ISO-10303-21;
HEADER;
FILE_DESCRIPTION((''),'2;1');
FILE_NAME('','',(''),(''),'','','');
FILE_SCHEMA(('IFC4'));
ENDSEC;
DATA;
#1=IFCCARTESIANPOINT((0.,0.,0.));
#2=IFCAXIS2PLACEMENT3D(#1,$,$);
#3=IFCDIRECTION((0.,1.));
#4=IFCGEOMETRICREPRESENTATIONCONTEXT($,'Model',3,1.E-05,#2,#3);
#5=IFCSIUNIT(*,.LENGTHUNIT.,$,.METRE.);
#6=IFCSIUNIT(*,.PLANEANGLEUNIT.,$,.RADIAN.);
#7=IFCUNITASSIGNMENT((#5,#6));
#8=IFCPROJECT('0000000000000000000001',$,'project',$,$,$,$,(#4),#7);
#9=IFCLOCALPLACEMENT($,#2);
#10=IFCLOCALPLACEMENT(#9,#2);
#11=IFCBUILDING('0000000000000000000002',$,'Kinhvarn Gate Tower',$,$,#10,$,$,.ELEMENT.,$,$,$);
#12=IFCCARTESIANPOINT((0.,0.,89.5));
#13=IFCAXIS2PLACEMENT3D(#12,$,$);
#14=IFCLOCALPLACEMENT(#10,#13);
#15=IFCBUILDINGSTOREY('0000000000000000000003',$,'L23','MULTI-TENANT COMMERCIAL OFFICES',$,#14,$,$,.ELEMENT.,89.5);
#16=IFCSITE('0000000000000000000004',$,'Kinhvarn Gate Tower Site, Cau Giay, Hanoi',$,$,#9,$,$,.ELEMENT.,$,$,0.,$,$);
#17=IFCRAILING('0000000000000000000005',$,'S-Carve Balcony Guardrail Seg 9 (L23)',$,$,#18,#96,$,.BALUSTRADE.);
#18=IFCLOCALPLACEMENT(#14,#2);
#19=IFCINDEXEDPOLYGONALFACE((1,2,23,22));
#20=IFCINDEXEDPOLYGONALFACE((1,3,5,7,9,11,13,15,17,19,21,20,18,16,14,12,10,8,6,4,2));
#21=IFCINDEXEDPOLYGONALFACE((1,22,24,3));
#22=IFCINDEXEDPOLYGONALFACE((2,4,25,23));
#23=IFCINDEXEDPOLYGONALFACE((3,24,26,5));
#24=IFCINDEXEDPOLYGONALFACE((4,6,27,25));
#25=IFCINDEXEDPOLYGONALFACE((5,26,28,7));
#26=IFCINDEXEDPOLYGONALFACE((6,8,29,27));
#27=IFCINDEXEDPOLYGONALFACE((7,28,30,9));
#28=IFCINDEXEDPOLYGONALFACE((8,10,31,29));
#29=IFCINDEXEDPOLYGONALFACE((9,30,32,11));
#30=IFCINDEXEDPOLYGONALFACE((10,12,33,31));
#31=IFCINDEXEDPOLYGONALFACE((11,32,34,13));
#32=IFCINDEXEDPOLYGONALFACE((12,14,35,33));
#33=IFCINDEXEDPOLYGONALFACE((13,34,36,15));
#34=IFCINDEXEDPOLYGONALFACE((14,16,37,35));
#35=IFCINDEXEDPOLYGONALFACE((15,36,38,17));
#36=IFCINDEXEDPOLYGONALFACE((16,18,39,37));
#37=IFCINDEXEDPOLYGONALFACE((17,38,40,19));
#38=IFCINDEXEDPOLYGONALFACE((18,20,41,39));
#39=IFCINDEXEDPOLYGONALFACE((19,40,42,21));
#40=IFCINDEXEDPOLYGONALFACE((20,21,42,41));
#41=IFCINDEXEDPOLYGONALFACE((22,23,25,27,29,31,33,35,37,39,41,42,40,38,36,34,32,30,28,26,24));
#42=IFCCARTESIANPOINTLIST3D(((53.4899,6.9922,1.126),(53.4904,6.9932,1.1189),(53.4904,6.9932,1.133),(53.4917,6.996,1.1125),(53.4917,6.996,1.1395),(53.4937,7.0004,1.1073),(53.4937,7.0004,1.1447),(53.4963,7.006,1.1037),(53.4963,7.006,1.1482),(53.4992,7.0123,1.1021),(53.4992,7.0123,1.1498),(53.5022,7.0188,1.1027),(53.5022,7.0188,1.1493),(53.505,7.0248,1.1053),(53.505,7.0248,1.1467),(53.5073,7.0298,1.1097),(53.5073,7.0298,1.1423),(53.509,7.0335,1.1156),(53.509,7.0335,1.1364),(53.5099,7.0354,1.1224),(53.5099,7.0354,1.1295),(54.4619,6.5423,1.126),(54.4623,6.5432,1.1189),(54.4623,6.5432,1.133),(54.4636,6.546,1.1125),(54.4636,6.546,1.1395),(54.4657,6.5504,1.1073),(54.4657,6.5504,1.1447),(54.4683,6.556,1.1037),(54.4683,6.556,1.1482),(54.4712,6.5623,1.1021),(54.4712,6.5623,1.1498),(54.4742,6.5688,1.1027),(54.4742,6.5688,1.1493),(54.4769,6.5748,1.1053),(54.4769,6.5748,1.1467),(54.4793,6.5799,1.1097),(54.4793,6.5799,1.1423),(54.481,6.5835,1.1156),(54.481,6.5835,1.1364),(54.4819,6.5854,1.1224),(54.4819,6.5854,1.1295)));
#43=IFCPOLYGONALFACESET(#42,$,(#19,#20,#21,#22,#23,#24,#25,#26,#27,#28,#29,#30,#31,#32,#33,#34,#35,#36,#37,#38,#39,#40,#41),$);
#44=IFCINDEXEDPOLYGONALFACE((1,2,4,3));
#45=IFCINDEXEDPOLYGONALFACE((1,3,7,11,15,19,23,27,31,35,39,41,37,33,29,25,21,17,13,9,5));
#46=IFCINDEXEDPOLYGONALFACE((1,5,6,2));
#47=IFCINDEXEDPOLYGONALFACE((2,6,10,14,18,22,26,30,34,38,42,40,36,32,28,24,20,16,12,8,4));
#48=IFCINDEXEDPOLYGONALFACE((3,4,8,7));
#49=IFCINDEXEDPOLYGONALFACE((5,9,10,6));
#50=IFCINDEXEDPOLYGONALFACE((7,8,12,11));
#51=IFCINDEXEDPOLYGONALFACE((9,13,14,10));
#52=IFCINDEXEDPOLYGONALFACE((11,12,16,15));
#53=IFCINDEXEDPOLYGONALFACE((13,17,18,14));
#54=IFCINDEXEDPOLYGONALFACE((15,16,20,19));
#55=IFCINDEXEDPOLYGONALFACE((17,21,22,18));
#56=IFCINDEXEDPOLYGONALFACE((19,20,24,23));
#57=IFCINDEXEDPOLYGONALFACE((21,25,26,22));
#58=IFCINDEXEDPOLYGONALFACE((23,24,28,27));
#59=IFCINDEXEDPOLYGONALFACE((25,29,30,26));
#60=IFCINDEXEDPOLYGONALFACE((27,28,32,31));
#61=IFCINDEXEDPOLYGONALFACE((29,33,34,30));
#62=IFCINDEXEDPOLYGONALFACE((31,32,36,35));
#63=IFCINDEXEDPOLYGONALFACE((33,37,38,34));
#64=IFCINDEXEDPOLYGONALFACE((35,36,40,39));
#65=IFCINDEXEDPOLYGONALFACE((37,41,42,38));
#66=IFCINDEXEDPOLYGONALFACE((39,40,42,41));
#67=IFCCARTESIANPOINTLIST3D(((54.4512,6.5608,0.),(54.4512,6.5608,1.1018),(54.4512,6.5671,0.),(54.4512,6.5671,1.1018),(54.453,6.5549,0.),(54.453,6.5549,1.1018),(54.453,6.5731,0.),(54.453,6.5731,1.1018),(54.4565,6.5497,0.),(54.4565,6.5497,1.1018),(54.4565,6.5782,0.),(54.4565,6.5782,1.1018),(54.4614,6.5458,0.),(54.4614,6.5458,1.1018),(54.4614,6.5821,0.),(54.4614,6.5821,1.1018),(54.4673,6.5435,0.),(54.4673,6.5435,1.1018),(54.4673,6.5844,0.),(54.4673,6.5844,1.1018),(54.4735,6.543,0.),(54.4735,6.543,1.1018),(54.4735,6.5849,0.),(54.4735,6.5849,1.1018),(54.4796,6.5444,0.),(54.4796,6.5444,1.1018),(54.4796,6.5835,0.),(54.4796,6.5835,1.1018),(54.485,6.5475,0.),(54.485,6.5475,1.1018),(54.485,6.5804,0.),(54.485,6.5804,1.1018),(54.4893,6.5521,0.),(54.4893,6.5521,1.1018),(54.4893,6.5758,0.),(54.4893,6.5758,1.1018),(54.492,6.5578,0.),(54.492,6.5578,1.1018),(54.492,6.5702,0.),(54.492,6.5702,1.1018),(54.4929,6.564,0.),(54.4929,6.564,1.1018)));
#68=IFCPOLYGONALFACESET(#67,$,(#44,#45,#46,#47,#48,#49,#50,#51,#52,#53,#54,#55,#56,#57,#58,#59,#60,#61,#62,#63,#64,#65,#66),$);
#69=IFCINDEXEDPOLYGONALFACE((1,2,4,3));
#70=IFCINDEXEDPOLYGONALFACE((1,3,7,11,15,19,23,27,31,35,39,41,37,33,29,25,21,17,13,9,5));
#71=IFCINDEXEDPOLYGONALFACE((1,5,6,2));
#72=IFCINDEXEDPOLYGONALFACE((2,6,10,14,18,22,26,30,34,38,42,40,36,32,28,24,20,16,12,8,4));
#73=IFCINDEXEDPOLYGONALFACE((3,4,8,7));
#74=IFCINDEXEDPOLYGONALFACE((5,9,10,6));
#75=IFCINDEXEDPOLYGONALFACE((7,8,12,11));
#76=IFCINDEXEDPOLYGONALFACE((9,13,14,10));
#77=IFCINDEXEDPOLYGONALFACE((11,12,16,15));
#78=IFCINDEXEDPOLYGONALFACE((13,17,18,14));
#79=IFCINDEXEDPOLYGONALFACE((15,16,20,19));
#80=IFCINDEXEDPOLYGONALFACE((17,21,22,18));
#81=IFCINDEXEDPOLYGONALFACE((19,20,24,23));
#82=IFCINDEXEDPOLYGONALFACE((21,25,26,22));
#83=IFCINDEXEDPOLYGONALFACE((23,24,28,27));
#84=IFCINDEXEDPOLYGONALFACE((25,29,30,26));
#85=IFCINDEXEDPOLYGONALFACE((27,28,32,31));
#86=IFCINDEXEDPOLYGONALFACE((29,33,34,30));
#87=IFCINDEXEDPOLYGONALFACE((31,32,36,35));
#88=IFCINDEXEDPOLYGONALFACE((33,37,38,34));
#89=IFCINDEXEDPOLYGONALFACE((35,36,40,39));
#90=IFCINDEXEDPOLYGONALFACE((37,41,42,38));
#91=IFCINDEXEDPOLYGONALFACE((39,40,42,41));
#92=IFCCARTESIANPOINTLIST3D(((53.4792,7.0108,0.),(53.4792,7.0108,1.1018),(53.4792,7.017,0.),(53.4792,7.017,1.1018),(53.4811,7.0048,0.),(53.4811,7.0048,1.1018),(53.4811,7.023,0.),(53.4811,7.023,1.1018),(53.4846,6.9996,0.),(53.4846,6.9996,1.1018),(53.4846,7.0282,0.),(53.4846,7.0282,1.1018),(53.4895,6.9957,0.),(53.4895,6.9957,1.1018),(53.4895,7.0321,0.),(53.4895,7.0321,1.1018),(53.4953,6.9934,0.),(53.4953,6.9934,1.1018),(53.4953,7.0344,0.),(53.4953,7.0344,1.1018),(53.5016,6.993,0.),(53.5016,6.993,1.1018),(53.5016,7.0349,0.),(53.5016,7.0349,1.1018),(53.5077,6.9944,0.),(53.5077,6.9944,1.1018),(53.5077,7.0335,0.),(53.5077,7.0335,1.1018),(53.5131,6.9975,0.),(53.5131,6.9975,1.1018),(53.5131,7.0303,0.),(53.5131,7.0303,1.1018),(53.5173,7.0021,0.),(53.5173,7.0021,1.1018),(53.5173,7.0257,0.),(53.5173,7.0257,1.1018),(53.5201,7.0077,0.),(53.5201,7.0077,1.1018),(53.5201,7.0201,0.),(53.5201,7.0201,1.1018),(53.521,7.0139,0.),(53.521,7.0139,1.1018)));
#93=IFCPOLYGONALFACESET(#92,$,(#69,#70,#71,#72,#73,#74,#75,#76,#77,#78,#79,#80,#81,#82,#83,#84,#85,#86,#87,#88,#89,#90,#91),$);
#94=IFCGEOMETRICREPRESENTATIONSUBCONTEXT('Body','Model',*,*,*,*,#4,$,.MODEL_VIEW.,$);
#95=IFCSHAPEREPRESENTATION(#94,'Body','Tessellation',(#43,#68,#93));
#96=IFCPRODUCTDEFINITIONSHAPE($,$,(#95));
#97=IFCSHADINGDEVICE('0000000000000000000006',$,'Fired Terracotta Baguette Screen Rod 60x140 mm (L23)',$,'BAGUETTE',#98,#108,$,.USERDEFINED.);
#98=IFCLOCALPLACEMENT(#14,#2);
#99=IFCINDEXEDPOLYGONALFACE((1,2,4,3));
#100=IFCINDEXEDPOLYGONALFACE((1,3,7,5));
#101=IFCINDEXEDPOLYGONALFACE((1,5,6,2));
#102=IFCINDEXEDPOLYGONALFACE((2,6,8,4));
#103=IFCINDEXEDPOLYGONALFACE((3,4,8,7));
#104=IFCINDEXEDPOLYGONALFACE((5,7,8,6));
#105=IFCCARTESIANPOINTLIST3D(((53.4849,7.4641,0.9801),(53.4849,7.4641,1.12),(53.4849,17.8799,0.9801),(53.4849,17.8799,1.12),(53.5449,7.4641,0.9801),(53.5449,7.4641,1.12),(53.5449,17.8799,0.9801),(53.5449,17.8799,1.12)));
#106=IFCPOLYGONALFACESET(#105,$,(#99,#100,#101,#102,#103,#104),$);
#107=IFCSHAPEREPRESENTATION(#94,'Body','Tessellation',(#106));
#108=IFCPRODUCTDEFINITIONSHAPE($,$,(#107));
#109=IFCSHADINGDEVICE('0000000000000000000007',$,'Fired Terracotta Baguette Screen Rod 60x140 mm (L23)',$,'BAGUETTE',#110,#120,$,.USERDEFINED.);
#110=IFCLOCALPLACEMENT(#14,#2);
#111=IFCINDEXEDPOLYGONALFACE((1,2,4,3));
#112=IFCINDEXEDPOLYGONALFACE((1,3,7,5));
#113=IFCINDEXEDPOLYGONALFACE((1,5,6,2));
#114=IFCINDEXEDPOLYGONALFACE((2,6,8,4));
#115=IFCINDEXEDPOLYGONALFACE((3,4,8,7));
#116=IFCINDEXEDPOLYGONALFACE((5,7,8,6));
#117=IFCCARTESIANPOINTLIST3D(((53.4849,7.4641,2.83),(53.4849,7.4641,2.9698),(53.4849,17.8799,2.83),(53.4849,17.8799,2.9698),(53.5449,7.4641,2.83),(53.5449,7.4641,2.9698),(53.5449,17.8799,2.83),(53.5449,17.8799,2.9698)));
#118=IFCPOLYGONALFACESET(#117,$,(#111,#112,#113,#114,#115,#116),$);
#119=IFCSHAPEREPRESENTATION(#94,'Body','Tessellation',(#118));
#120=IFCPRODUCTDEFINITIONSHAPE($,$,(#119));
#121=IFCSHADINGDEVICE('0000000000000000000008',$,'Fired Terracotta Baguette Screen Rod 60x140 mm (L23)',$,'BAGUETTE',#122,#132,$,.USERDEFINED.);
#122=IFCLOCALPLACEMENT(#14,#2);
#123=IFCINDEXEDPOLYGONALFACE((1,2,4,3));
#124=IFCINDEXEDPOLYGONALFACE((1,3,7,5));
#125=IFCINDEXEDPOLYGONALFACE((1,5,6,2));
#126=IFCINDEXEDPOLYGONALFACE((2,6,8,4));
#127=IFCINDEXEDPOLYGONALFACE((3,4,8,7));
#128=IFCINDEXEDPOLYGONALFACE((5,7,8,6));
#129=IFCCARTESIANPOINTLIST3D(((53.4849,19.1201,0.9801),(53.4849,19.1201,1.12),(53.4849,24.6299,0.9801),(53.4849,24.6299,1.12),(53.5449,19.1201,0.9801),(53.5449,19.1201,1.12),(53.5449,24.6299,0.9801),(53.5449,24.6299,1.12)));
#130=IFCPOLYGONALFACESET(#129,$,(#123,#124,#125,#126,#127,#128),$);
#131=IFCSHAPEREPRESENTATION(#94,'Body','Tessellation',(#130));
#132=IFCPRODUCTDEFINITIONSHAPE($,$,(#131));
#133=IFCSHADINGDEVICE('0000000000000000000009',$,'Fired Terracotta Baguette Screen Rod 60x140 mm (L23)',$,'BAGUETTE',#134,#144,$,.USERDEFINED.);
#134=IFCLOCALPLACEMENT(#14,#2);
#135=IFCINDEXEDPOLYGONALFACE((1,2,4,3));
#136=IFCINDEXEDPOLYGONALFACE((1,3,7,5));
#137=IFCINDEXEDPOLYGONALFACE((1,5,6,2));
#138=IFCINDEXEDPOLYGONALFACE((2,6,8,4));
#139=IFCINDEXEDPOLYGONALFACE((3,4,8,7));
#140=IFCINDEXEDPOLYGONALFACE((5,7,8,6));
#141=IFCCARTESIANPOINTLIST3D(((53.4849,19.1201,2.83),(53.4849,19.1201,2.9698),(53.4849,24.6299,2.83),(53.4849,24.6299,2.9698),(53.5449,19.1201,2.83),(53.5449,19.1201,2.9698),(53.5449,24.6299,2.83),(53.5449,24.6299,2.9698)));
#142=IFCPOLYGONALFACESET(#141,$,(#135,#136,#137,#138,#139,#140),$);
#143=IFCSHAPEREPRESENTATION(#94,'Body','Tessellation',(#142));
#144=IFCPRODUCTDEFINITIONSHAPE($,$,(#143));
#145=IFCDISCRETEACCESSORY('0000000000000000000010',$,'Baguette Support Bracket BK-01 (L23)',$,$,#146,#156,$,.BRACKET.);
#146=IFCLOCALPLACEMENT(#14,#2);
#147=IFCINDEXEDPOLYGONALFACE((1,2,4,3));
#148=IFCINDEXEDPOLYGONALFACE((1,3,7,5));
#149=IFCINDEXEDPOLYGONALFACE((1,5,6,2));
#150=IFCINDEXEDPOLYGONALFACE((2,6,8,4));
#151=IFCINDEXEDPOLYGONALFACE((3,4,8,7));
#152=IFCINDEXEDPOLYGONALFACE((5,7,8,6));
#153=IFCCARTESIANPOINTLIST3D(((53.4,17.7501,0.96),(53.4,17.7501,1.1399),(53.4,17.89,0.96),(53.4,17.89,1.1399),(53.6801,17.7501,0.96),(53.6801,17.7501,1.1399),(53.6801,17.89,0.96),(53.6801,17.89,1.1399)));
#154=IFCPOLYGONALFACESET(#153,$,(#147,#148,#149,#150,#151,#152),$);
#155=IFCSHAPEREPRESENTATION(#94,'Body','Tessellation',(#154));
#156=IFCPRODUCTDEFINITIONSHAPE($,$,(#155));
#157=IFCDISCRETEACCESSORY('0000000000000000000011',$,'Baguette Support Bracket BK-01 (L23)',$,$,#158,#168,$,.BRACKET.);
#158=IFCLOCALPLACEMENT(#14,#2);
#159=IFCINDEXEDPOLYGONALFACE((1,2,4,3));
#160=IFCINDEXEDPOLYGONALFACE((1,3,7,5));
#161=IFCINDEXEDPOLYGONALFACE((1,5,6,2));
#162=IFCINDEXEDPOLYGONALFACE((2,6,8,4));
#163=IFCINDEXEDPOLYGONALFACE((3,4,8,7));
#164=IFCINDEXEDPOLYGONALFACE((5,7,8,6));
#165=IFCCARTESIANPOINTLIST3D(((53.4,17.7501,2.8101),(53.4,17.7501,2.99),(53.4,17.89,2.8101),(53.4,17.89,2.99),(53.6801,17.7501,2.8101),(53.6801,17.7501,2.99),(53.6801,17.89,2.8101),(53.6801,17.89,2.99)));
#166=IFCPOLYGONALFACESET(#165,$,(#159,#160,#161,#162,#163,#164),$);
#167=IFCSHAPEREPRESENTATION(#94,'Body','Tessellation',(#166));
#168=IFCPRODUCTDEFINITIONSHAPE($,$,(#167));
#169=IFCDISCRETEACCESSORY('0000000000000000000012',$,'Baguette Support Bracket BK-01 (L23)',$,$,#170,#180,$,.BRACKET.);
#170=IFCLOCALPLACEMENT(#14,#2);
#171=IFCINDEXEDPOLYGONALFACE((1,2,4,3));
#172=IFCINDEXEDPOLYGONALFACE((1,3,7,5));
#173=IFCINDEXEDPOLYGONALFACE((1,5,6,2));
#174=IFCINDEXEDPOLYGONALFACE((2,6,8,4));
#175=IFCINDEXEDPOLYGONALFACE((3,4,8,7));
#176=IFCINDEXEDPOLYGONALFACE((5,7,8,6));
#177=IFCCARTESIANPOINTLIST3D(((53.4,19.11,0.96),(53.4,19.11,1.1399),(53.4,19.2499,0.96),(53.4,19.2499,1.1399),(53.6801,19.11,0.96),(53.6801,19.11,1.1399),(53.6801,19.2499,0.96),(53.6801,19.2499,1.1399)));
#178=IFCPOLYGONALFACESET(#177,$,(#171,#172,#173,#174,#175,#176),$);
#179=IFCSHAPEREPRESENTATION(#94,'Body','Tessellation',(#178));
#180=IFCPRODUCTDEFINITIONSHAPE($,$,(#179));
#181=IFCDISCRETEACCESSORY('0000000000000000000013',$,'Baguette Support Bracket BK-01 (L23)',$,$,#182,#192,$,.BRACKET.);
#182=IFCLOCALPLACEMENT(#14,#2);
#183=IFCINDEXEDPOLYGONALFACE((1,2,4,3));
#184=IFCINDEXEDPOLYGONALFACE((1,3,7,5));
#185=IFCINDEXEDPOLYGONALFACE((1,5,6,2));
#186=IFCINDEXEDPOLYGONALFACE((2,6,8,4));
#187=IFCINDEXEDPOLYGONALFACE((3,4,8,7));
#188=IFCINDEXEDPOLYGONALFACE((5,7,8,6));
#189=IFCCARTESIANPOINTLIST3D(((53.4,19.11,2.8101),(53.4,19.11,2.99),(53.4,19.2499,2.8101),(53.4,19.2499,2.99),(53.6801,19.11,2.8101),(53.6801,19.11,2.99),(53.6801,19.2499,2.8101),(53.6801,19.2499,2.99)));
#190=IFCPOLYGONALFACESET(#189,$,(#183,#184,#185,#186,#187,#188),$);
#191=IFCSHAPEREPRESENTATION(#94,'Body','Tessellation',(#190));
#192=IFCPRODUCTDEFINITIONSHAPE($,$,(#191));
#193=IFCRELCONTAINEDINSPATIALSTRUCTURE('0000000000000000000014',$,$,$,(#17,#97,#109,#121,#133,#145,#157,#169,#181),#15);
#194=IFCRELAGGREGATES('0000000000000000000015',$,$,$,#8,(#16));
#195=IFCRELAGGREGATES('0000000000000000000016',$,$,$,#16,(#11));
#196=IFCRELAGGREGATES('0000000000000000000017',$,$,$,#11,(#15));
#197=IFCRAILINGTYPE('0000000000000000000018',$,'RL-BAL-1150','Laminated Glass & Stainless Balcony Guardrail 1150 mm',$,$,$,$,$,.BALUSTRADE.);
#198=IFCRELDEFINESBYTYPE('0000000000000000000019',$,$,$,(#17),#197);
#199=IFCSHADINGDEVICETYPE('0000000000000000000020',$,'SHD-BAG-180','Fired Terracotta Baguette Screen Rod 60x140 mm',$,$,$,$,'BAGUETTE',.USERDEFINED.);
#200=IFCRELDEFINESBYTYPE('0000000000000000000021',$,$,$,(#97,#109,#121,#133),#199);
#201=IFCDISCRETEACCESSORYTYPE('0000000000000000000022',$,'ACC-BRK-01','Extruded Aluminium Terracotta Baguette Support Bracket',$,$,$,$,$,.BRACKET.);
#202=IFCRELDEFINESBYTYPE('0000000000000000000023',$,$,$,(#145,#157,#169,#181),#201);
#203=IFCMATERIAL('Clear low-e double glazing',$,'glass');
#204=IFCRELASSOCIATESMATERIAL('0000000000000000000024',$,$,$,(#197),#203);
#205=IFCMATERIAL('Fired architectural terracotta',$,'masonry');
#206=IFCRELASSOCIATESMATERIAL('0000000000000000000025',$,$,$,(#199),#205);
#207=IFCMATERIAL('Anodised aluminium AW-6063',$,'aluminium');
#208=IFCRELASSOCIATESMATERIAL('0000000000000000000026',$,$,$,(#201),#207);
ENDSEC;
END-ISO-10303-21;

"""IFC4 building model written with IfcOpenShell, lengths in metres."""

from ifc_helpers import new_model, si_unit, direction, frame, origin, origin_2d, place, context, subcontext, project, spatial, rectangle, circle, extrude, material, material_profile, profile_set, type_object, element, save


model = new_model("IFC4")

# Units and contexts
model_context = context("Model", 3, precision=1e-05, world=origin(), true_north=direction((0.0, 1.0)))
body_context = subcontext(model_context, "Body", "Model", "MODEL_VIEW")
ifc_project = project(units=[si_unit("LENGTHUNIT", "METRE"), si_unit("PLANEANGLEUNIT", "RADIAN")], contexts=[model_context])

# Site, building, storey
site_placement = place(None, origin())
site = spatial("IfcSite", under=ifc_project, at=site_placement, Name="Kinhvarn Gate Tower Site, Cau Giay, Hanoi", CompositionType="ELEMENT", RefElevation=0.0)
building_placement = place(site_placement, origin())
building = spatial("IfcBuilding", under=site, at=building_placement, Name="Kinhvarn Gate Tower", CompositionType="ELEMENT")
storey_placement = place(building_placement, frame((0.0, 0.0, 89.5)))
storey = spatial("IfcBuildingStorey", under=building, at=storey_placement, Name="L23", Description="MULTI-TENANT COMMERCIAL OFFICES", CompositionType="ELEMENT", Elevation=89.5)

# Shared definitions
ifc_material_1 = material(Name="Anodised aluminium AW-6063", Category="aluminium")

# Shared definitions
ifc_material_2 = material(Name="Clear low-e double glazing", Category="glass")

# Railing
railing_type = type_object("IfcRailingType", Name="RL-BAL-1150", Description="Laminated Glass & Stainless Balcony Guardrail 1150 mm", PredefinedType="BALUSTRADE", material=ifc_material_2)
railing_placement = place(storey_placement, frame((54.4719, 6.564, 0.0)))
element("IfcRailing", 1, at=railing_placement, inside=storey, type_object=railing_type, Name="S-Carve Balcony Guardrail Seg 9 (L23)", PredefinedType="BALUSTRADE", context=body_context, shape_type="SweptSolid", body=[
    extrude(circle(Radius=0.0239, at=origin_2d()), frame((0.0, 0.0, 1.126), z_axis=(-0.907472, 0.420113, 0.0), x_axis=(-0.420113, -0.907472, 0.0)), (0.0, 0.0, 1.0), 1.071),
    extrude(circle(Radius=0.021, at=origin_2d()), origin(), (0.0, 0.0, 1.0), 1.1018),
    extrude(circle(Radius=0.021, at=origin_2d()), frame((-0.9719, 0.45, 0.0)), (0.0, 0.0, 1.0), 1.1018),
])

# Shading devices
ifc_material_3 = material(Name="Fired architectural terracotta", Category="masonry")
ifc_material_profile_1 = material_profile(ifc_material_3, rectangle(XDim=0.0601, YDim=0.1399, at=origin_2d()), Name="TC 60x140")
ifc_profile_set_1 = profile_set([ifc_material_profile_1], Name="Fired architectural terracotta")
shading_device_type = type_object("IfcShadingDeviceType", Name="SHD-BAG-180", Description="Fired Terracotta Baguette Screen Rod 60x140 mm", ElementType="BAGUETTE", PredefinedType="USERDEFINED", material=ifc_profile_set_1)
for number, where, z_axis, x_axis, name in (
    (2, (53.5149, 7.4641, 1.05), (0.0, 1.0, 0.0), (-1.0, 0.0, 0.0), "Fired Terracotta Baguette Screen Rod 60x140 mm (L23)"),
    (3, (53.5149, 7.4641, 2.8999), (0.0, 1.0, 0.0), (-1.0, 0.0, 0.0), "Fired Terracotta Baguette Screen Rod 60x140 mm (L23)"),
):
    element("IfcShadingDevice", number, at=place(storey_placement, frame(where, z_axis=z_axis, x_axis=x_axis)), inside=storey, type_object=shading_device_type, Name=name, ObjectType="BAGUETTE", PredefinedType="USERDEFINED", context=body_context, shape_type="SweptSolid", body=[
        extrude(rectangle(XDim=0.0601, YDim=0.1399, at=origin_2d()), origin(), (0.0, 0.0, 1.0), 10.4158),
    ])
for number, where, z_axis, x_axis, name in (
    (4, (53.5149, 19.1201, 1.05), (0.0, 1.0, 0.0), (-1.0, 0.0, 0.0), "Fired Terracotta Baguette Screen Rod 60x140 mm (L23)"),
    (5, (53.5149, 19.1201, 2.8999), (0.0, 1.0, 0.0), (-1.0, 0.0, 0.0), "Fired Terracotta Baguette Screen Rod 60x140 mm (L23)"),
):
    element("IfcShadingDevice", number, at=place(storey_placement, frame(where, z_axis=z_axis, x_axis=x_axis)), inside=storey, type_object=shading_device_type, Name=name, ObjectType="BAGUETTE", PredefinedType="USERDEFINED", context=body_context, shape_type="SweptSolid", body=[
        extrude(rectangle(XDim=0.0601, YDim=0.1399, at=origin_2d()), origin(), (0.0, 0.0, 1.0), 5.5098),
    ])

# Discrete accessories
discrete_accessory_type = type_object("IfcDiscreteAccessoryType", Name="ACC-BRK-01", Description="Extruded Aluminium Terracotta Baguette Support Bracket", PredefinedType="BRACKET", material=ifc_material_1)
for number, where, z_axis, x_axis, name in (
    (6, (53.54, 17.8201, 0.96), (0.0, 0.0, 1.0), (0.0, 1.0, 0.0), "Baguette Support Bracket BK-01 (L23)"),
    (7, (53.54, 17.8201, 2.8101), (0.0, 0.0, 1.0), (0.0, 1.0, 0.0), "Baguette Support Bracket BK-01 (L23)"),
    (8, (53.54, 19.1799, 0.96), (0.0, 0.0, 1.0), (0.0, 1.0, 0.0), "Baguette Support Bracket BK-01 (L23)"),
    (9, (53.54, 19.1799, 2.8101), (0.0, 0.0, 1.0), (0.0, 1.0, 0.0), "Baguette Support Bracket BK-01 (L23)"),
):
    element("IfcDiscreteAccessory", number, at=place(storey_placement, frame(where, z_axis=z_axis, x_axis=x_axis)), inside=storey, type_object=discrete_accessory_type, Name=name, PredefinedType="BRACKET", context=body_context, shape_type="SweptSolid", body=[
        extrude(rectangle(XDim=0.1399, YDim=0.28, at=origin_2d()), origin(), (0.0, 0.0, 1.0), 0.1799),
    ])

save(model, "model.ifc")
